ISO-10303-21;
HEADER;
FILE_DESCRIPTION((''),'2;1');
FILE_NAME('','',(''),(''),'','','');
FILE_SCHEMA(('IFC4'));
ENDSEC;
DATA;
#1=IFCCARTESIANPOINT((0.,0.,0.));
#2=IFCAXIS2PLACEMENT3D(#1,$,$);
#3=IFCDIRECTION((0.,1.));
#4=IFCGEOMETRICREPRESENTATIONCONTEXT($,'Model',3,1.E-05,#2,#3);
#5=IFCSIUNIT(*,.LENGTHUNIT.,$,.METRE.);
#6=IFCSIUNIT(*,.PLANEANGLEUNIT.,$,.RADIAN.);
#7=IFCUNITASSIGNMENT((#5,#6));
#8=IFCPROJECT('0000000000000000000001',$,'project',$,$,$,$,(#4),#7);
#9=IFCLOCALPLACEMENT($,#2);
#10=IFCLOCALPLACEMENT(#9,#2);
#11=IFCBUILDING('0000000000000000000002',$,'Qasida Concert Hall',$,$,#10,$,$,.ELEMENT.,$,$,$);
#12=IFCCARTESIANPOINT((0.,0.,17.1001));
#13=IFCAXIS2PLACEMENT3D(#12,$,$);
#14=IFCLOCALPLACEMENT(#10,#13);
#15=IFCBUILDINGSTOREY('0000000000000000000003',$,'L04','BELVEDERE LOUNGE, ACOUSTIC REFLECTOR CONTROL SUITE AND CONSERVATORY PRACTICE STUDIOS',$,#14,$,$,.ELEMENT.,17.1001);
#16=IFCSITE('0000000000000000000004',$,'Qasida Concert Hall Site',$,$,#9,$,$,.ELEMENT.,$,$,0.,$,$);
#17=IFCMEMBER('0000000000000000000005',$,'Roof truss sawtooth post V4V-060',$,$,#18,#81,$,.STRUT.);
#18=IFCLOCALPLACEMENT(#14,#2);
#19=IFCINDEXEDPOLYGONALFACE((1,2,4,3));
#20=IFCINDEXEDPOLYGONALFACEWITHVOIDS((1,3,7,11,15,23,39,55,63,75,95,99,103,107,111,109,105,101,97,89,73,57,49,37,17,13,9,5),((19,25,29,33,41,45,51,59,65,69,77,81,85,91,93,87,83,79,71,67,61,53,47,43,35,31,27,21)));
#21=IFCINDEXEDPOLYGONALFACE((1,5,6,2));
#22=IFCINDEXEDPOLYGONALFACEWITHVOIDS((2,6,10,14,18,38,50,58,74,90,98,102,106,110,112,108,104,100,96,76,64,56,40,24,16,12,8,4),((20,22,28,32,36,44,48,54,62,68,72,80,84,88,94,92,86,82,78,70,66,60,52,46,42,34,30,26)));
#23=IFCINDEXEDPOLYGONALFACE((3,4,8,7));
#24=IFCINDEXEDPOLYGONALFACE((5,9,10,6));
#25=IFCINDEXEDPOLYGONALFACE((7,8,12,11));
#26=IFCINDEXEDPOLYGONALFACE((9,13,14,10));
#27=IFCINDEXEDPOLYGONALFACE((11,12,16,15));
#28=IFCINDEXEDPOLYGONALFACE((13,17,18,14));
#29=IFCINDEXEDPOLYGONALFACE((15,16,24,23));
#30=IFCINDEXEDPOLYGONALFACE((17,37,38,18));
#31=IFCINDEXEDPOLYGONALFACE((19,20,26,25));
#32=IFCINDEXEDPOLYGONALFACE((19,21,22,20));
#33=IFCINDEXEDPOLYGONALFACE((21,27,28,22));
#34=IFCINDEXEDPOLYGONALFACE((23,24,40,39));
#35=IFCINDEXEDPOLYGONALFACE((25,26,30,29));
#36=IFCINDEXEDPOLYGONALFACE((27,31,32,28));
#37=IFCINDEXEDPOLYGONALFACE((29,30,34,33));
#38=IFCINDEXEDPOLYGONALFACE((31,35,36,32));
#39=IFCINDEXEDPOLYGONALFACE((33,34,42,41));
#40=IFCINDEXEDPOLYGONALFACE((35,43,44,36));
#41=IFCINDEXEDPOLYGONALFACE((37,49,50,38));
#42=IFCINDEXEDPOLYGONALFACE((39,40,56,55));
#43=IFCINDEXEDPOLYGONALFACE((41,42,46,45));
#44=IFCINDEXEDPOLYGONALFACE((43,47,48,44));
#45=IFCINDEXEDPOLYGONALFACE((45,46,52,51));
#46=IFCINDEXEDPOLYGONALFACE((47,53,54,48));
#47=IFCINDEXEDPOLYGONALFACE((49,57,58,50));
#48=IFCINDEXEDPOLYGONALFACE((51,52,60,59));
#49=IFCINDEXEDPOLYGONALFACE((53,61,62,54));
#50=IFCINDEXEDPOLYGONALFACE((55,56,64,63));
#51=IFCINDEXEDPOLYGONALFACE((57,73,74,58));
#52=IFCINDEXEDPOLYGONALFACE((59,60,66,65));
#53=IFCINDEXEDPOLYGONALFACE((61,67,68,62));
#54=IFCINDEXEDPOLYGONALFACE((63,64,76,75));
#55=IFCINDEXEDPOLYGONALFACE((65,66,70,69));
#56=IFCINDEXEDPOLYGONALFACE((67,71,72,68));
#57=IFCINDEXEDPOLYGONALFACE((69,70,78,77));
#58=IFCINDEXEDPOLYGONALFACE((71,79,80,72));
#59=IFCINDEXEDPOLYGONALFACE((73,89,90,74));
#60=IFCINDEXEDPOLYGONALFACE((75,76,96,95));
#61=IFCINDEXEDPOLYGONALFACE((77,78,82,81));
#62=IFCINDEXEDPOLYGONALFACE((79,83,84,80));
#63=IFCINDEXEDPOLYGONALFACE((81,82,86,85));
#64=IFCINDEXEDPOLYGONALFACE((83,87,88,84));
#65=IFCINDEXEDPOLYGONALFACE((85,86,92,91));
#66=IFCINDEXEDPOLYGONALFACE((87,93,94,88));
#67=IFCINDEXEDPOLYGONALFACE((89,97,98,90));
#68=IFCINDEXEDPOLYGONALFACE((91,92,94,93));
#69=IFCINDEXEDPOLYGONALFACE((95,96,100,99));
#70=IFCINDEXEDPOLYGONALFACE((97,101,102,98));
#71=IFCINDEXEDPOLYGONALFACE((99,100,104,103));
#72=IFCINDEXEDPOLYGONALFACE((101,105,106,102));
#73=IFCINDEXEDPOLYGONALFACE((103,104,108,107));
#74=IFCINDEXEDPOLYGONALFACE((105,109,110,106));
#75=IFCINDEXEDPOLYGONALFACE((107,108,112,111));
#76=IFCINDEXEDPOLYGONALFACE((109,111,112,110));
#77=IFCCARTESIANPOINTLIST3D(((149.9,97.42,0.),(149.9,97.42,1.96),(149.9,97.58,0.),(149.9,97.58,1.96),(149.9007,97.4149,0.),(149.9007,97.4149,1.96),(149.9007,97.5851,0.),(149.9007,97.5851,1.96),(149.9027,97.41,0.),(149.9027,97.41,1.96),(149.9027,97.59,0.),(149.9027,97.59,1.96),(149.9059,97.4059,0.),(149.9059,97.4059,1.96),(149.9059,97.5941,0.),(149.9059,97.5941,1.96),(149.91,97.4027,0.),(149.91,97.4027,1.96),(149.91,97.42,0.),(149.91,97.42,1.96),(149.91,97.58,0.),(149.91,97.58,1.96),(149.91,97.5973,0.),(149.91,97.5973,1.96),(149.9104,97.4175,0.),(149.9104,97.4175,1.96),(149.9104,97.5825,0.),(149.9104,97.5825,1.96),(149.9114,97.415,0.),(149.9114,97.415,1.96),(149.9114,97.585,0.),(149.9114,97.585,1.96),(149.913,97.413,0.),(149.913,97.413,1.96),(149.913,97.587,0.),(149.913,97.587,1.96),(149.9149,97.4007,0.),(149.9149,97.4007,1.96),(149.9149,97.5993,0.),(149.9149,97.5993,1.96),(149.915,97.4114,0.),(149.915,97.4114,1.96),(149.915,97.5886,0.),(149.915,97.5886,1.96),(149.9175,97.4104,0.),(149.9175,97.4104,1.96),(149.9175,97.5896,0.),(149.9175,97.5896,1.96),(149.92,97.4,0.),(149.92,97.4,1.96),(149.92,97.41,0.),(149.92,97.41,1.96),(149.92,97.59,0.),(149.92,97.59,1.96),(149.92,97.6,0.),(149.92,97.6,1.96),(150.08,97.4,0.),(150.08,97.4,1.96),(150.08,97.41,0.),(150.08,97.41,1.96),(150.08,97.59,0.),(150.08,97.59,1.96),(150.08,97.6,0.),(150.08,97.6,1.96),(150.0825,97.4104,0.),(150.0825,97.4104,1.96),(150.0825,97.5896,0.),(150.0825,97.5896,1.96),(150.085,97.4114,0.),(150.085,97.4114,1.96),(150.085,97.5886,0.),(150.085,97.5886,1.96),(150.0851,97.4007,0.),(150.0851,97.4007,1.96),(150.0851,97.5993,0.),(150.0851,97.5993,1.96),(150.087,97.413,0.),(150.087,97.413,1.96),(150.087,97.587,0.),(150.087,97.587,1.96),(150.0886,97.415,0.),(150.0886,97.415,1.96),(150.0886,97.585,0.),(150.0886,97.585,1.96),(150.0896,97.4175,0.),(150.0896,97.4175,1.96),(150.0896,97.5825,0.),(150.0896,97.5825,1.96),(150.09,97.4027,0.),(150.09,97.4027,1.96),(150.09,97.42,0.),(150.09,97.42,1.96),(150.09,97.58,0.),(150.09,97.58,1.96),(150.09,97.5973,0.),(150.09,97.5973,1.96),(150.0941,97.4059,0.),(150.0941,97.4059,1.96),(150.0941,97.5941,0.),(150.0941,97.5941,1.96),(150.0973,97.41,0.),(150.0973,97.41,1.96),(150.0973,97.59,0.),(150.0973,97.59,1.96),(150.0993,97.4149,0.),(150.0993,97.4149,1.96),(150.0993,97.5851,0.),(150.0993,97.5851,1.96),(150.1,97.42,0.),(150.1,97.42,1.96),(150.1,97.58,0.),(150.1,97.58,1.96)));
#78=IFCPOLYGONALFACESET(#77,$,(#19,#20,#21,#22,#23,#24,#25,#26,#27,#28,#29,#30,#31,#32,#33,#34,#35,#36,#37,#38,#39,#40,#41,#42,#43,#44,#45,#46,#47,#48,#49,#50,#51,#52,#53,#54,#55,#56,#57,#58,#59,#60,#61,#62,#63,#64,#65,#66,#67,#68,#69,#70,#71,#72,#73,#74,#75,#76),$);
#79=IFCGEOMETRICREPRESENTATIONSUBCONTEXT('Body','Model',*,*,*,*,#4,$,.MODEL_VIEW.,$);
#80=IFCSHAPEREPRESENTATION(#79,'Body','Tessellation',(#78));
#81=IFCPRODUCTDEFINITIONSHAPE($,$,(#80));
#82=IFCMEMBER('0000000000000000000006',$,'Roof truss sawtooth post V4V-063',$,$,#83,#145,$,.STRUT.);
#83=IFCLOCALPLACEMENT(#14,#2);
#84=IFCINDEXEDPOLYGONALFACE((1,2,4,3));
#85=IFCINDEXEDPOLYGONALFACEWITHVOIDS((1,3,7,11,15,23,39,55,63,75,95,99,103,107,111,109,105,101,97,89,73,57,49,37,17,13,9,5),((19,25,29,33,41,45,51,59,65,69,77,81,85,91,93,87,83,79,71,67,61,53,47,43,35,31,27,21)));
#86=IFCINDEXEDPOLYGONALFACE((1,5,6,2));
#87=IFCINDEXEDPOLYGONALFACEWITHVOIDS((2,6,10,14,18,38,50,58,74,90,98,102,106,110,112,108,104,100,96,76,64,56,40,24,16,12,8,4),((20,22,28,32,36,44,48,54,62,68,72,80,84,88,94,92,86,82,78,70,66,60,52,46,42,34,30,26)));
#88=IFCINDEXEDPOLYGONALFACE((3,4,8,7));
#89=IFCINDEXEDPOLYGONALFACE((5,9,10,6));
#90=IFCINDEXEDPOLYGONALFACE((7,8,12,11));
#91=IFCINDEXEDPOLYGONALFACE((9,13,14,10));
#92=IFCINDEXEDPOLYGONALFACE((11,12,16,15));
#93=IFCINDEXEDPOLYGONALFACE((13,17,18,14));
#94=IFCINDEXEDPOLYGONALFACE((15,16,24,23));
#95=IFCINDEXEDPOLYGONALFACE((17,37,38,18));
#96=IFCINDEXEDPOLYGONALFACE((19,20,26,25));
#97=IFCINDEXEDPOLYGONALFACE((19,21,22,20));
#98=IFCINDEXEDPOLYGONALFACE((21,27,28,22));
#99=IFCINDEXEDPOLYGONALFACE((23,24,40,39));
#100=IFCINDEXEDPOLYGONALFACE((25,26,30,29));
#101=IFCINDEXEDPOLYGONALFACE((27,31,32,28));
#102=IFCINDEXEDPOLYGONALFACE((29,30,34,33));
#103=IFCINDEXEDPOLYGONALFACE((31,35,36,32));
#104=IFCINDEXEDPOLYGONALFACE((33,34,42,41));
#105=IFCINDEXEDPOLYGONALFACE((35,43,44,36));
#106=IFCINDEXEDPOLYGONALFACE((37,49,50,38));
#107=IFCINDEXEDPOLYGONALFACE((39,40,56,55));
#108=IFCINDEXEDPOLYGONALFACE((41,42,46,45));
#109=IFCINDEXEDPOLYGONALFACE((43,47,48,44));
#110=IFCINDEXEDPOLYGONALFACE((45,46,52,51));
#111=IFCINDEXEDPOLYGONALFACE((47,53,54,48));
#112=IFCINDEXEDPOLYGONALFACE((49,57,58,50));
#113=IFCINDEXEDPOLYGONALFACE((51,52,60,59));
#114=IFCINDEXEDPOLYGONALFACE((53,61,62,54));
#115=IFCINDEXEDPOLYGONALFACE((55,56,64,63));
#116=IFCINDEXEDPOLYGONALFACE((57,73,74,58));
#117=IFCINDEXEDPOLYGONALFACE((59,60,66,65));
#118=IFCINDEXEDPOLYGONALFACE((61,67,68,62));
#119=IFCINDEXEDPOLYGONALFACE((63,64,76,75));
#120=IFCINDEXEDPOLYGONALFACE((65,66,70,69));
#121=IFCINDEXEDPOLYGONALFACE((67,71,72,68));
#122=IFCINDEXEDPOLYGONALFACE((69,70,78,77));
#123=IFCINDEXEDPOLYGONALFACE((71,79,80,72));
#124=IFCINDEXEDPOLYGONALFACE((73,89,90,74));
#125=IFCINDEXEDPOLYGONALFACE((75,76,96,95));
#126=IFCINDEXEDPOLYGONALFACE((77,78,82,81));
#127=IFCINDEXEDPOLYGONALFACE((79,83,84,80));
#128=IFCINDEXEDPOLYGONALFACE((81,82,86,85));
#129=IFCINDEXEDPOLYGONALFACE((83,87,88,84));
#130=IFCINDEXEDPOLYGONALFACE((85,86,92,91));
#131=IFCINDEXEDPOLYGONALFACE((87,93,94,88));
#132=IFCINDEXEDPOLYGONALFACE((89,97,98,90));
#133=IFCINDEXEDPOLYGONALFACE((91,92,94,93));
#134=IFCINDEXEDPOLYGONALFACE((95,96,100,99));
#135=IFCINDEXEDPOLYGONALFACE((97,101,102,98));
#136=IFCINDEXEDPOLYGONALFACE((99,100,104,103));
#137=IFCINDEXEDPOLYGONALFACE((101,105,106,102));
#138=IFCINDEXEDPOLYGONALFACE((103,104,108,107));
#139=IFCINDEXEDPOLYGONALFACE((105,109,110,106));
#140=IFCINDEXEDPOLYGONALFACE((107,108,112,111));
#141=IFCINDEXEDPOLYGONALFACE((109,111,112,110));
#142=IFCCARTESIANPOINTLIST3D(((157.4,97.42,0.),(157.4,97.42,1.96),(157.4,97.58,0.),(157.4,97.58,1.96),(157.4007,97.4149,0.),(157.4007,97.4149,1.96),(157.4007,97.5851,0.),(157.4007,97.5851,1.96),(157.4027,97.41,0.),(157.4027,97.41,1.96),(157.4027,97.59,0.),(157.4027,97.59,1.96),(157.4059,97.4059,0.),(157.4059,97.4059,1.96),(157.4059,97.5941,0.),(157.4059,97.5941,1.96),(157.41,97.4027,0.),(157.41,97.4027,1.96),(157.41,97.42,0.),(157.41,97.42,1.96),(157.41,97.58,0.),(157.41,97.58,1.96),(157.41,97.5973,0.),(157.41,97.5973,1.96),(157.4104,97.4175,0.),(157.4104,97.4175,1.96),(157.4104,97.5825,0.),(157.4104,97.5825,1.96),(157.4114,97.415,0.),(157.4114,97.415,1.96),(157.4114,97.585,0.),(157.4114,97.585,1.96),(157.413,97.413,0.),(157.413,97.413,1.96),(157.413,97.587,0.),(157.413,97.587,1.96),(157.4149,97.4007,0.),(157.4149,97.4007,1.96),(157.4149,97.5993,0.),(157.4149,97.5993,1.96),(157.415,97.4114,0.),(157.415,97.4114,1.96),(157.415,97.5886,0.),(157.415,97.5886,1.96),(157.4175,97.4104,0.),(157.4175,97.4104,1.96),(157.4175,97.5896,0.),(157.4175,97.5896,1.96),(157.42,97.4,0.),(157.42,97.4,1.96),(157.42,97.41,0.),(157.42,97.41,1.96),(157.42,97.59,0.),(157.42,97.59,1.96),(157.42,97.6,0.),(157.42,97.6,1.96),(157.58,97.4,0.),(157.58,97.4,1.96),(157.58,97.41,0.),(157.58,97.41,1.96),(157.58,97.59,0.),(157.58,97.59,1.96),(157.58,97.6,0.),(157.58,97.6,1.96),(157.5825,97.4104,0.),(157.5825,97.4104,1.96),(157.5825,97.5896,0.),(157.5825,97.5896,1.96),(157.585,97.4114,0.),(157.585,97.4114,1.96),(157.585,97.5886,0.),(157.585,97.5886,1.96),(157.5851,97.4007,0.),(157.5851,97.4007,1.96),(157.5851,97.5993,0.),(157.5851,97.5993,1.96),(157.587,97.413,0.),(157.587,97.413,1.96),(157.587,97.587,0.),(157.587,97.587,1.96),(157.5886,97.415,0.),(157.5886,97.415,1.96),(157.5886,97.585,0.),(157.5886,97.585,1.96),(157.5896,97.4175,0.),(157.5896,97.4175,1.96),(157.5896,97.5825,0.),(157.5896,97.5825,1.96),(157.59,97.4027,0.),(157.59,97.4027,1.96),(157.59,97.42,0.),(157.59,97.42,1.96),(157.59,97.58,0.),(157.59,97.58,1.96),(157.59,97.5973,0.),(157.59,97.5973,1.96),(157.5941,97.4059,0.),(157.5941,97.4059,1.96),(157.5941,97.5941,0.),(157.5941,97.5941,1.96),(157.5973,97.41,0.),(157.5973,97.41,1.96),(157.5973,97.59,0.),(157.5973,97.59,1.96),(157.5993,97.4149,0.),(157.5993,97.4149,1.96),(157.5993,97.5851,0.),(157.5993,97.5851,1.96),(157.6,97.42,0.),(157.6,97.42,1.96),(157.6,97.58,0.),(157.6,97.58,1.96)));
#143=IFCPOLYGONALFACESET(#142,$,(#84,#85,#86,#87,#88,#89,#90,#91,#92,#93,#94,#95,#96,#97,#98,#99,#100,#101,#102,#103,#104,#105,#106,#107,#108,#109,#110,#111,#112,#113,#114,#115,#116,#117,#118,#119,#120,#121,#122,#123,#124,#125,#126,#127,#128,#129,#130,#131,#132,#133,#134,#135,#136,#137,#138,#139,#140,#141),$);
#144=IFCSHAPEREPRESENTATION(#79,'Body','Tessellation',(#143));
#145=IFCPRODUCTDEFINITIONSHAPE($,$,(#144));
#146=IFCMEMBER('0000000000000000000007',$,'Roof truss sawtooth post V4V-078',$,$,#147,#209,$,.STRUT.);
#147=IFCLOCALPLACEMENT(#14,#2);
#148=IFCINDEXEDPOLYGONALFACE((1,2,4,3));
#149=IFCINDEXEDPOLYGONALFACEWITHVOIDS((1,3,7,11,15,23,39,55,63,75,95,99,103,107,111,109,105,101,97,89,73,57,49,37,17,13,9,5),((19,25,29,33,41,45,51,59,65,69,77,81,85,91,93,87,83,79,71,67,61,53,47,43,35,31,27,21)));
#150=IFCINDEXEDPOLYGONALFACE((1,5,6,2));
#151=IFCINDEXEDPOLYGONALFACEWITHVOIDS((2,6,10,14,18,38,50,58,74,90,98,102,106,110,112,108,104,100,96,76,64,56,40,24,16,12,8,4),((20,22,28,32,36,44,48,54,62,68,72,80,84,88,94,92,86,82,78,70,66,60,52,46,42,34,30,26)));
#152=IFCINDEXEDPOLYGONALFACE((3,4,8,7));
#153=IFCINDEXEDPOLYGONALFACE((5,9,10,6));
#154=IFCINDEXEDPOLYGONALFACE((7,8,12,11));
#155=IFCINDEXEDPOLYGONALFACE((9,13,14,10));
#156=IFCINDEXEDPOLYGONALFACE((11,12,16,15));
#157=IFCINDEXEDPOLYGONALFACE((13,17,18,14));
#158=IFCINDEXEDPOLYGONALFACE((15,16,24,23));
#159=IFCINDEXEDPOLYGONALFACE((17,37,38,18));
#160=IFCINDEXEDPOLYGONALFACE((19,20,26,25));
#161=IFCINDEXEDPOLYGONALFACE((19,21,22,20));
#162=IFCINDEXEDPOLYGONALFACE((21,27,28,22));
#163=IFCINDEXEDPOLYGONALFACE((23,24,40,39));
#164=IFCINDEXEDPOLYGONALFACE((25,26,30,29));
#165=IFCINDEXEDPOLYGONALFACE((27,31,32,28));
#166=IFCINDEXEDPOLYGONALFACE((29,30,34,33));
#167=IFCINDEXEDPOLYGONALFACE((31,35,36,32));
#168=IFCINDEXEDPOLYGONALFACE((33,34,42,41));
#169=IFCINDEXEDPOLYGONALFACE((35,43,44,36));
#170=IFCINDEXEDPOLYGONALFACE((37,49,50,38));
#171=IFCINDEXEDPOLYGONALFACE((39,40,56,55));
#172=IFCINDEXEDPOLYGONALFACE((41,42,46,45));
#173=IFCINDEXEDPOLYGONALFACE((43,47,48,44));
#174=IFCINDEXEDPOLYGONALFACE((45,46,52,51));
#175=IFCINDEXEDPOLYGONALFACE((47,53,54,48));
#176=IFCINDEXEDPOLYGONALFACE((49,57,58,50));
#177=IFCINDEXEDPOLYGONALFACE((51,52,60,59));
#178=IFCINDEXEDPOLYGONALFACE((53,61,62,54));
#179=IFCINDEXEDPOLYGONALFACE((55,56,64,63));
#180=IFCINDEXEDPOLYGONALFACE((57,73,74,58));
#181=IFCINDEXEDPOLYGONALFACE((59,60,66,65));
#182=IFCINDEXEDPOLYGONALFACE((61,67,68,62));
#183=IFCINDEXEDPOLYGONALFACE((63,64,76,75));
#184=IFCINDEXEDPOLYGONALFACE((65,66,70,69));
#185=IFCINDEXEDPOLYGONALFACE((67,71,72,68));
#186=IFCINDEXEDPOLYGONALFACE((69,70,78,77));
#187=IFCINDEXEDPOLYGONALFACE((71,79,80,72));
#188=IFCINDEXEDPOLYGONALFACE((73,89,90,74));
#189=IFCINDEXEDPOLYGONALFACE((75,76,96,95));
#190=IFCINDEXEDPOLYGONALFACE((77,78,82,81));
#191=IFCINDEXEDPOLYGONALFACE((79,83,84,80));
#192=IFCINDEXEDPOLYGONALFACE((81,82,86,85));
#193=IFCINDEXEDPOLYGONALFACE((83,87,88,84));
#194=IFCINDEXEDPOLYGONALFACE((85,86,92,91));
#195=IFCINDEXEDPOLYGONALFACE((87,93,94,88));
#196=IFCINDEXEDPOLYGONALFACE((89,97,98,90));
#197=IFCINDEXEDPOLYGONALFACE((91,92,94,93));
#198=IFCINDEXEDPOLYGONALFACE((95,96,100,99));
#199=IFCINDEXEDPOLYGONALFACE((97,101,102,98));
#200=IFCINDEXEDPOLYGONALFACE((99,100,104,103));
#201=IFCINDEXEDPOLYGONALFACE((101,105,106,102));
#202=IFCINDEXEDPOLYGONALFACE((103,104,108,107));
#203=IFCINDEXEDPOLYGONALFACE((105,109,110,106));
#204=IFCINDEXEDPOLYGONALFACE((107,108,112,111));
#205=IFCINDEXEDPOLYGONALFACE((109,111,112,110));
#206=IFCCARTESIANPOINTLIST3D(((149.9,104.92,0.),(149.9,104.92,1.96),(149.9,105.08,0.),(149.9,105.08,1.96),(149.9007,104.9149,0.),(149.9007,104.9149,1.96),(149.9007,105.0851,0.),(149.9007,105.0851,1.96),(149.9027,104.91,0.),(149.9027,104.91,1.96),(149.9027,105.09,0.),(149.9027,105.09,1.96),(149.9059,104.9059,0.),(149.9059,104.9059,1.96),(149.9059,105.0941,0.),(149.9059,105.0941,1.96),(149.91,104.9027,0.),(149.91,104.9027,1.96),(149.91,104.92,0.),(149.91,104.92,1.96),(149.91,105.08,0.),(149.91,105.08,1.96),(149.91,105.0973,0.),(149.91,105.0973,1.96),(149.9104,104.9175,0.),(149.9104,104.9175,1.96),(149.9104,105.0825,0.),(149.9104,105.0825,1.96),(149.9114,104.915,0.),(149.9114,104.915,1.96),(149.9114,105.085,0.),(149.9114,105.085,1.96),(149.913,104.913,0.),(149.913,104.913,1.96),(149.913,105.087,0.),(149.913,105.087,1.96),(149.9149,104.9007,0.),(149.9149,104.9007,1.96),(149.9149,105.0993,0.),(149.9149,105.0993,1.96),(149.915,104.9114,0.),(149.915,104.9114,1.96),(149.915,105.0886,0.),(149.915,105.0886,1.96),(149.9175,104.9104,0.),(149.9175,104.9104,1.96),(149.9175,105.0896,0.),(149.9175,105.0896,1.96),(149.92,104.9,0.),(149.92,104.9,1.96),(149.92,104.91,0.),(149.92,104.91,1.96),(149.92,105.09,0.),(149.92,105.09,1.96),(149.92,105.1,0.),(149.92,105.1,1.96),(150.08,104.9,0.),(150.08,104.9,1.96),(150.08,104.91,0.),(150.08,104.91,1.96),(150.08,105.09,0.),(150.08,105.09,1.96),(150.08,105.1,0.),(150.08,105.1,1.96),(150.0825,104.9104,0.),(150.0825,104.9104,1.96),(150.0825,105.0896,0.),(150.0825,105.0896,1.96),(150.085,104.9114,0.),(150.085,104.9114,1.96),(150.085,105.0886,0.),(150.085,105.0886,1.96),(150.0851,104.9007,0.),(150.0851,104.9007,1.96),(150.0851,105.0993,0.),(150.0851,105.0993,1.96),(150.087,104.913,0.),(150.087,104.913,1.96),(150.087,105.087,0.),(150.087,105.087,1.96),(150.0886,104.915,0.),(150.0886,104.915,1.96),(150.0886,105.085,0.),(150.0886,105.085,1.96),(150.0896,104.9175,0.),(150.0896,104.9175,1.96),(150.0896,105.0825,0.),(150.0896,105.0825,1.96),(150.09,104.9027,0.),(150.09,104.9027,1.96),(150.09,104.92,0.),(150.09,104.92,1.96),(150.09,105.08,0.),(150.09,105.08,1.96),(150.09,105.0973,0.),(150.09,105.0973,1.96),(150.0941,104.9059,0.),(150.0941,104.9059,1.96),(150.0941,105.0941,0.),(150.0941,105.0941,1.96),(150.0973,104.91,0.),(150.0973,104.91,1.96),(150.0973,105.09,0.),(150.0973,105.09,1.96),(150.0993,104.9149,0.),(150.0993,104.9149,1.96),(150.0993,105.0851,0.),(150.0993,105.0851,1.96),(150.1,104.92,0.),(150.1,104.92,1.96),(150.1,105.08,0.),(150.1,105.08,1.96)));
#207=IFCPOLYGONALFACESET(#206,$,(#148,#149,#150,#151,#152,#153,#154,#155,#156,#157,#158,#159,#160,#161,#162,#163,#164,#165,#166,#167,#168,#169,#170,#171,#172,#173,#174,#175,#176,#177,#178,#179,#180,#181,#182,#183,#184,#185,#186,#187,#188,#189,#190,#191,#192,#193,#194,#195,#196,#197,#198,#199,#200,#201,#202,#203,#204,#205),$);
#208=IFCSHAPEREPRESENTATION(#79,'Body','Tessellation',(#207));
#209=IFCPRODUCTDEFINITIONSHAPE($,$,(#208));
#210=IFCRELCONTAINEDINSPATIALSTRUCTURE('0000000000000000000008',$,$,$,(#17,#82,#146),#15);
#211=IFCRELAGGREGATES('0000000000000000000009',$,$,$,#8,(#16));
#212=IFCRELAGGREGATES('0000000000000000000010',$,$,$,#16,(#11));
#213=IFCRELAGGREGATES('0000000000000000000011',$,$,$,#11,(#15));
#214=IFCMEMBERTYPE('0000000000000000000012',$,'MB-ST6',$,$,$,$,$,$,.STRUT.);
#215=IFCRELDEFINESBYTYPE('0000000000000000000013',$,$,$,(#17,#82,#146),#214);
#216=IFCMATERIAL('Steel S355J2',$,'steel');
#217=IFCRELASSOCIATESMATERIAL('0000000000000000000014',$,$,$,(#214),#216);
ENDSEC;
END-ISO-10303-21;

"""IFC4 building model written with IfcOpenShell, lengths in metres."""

from ifc_helpers import new_model, si_unit, direction, frame, origin, origin_2d, place, context, subcontext, project, spatial, hollow_rectangle, extrude, material, material_profile, profile_set, type_object, element, save


model = new_model("IFC4")

# Units and contexts
model_context = context("Model", 3, precision=1e-05, world=origin(), true_north=direction((0.0, 1.0)))
body_context = subcontext(model_context, "Body", "Model", "MODEL_VIEW")
ifc_project = project(units=[si_unit("LENGTHUNIT", "METRE"), si_unit("PLANEANGLEUNIT", "RADIAN")], contexts=[model_context])

# Site, building, storey
site_placement = place(None, origin())
site = spatial("IfcSite", under=ifc_project, at=site_placement, Name="Qasida Concert Hall Site", CompositionType="ELEMENT", RefElevation=0.0)
building_placement = place(site_placement, origin())
building = spatial("IfcBuilding", under=site, at=building_placement, Name="Qasida Concert Hall", CompositionType="ELEMENT")
storey_placement = place(building_placement, frame((0.0, 0.0, 17.1001)))
storey = spatial("IfcBuildingStorey", under=building, at=storey_placement, Name="L04", Description="BELVEDERE LOUNGE, ACOUSTIC REFLECTOR CONTROL SUITE AND CONSERVATORY PRACTICE STUDIOS", CompositionType="ELEMENT", Elevation=17.1001)

# Members
ifc_material = material(Name="Steel S355J2", Category="steel")
ifc_material_profile_1 = material_profile(ifc_material, hollow_rectangle(XDim=0.2, YDim=0.2, WallThickness=0.01, InnerFilletRadius=0.01, OuterFilletRadius=0.02, at=origin_2d()), Name="SHS 200x200x10")
ifc_profile_set_1 = profile_set([ifc_material_profile_1], Name="Steel S355J2")
member_type_1 = type_object("IfcMemberType", Name="MB-ST6", PredefinedType="STRUT", material=ifc_profile_set_1)
for number, where, z_axis, x_axis, name in (
    (1, (150.0, 97.5, 0.0), (0.0, 0.0, 1.0), (1.0, 0.0, 0.0), "Roof truss sawtooth post V4V-060"),
    (2, (157.5, 97.5, 0.0), (0.0, 0.0, 1.0), (1.0, 0.0, 0.0), "Roof truss sawtooth post V4V-063"),
    (3, (150.0, 105.0, 0.0), (0.0, 0.0, 1.0), (1.0, 0.0, 0.0), "Roof truss sawtooth post V4V-078"),
):
    element("IfcMember", number, at=place(storey_placement, frame(where, z_axis=z_axis, x_axis=x_axis)), inside=storey, type_object=member_type_1, Name=name, PredefinedType="STRUT", context=body_context, shape_type="SweptSolid", body=[
        extrude(hollow_rectangle(XDim=0.2, YDim=0.2, WallThickness=0.01, InnerFilletRadius=0.01, OuterFilletRadius=0.02, at=origin_2d()), origin(), (0.0, 0.0, 1.0), 1.96),
    ])

save(model, "model.ifc")
